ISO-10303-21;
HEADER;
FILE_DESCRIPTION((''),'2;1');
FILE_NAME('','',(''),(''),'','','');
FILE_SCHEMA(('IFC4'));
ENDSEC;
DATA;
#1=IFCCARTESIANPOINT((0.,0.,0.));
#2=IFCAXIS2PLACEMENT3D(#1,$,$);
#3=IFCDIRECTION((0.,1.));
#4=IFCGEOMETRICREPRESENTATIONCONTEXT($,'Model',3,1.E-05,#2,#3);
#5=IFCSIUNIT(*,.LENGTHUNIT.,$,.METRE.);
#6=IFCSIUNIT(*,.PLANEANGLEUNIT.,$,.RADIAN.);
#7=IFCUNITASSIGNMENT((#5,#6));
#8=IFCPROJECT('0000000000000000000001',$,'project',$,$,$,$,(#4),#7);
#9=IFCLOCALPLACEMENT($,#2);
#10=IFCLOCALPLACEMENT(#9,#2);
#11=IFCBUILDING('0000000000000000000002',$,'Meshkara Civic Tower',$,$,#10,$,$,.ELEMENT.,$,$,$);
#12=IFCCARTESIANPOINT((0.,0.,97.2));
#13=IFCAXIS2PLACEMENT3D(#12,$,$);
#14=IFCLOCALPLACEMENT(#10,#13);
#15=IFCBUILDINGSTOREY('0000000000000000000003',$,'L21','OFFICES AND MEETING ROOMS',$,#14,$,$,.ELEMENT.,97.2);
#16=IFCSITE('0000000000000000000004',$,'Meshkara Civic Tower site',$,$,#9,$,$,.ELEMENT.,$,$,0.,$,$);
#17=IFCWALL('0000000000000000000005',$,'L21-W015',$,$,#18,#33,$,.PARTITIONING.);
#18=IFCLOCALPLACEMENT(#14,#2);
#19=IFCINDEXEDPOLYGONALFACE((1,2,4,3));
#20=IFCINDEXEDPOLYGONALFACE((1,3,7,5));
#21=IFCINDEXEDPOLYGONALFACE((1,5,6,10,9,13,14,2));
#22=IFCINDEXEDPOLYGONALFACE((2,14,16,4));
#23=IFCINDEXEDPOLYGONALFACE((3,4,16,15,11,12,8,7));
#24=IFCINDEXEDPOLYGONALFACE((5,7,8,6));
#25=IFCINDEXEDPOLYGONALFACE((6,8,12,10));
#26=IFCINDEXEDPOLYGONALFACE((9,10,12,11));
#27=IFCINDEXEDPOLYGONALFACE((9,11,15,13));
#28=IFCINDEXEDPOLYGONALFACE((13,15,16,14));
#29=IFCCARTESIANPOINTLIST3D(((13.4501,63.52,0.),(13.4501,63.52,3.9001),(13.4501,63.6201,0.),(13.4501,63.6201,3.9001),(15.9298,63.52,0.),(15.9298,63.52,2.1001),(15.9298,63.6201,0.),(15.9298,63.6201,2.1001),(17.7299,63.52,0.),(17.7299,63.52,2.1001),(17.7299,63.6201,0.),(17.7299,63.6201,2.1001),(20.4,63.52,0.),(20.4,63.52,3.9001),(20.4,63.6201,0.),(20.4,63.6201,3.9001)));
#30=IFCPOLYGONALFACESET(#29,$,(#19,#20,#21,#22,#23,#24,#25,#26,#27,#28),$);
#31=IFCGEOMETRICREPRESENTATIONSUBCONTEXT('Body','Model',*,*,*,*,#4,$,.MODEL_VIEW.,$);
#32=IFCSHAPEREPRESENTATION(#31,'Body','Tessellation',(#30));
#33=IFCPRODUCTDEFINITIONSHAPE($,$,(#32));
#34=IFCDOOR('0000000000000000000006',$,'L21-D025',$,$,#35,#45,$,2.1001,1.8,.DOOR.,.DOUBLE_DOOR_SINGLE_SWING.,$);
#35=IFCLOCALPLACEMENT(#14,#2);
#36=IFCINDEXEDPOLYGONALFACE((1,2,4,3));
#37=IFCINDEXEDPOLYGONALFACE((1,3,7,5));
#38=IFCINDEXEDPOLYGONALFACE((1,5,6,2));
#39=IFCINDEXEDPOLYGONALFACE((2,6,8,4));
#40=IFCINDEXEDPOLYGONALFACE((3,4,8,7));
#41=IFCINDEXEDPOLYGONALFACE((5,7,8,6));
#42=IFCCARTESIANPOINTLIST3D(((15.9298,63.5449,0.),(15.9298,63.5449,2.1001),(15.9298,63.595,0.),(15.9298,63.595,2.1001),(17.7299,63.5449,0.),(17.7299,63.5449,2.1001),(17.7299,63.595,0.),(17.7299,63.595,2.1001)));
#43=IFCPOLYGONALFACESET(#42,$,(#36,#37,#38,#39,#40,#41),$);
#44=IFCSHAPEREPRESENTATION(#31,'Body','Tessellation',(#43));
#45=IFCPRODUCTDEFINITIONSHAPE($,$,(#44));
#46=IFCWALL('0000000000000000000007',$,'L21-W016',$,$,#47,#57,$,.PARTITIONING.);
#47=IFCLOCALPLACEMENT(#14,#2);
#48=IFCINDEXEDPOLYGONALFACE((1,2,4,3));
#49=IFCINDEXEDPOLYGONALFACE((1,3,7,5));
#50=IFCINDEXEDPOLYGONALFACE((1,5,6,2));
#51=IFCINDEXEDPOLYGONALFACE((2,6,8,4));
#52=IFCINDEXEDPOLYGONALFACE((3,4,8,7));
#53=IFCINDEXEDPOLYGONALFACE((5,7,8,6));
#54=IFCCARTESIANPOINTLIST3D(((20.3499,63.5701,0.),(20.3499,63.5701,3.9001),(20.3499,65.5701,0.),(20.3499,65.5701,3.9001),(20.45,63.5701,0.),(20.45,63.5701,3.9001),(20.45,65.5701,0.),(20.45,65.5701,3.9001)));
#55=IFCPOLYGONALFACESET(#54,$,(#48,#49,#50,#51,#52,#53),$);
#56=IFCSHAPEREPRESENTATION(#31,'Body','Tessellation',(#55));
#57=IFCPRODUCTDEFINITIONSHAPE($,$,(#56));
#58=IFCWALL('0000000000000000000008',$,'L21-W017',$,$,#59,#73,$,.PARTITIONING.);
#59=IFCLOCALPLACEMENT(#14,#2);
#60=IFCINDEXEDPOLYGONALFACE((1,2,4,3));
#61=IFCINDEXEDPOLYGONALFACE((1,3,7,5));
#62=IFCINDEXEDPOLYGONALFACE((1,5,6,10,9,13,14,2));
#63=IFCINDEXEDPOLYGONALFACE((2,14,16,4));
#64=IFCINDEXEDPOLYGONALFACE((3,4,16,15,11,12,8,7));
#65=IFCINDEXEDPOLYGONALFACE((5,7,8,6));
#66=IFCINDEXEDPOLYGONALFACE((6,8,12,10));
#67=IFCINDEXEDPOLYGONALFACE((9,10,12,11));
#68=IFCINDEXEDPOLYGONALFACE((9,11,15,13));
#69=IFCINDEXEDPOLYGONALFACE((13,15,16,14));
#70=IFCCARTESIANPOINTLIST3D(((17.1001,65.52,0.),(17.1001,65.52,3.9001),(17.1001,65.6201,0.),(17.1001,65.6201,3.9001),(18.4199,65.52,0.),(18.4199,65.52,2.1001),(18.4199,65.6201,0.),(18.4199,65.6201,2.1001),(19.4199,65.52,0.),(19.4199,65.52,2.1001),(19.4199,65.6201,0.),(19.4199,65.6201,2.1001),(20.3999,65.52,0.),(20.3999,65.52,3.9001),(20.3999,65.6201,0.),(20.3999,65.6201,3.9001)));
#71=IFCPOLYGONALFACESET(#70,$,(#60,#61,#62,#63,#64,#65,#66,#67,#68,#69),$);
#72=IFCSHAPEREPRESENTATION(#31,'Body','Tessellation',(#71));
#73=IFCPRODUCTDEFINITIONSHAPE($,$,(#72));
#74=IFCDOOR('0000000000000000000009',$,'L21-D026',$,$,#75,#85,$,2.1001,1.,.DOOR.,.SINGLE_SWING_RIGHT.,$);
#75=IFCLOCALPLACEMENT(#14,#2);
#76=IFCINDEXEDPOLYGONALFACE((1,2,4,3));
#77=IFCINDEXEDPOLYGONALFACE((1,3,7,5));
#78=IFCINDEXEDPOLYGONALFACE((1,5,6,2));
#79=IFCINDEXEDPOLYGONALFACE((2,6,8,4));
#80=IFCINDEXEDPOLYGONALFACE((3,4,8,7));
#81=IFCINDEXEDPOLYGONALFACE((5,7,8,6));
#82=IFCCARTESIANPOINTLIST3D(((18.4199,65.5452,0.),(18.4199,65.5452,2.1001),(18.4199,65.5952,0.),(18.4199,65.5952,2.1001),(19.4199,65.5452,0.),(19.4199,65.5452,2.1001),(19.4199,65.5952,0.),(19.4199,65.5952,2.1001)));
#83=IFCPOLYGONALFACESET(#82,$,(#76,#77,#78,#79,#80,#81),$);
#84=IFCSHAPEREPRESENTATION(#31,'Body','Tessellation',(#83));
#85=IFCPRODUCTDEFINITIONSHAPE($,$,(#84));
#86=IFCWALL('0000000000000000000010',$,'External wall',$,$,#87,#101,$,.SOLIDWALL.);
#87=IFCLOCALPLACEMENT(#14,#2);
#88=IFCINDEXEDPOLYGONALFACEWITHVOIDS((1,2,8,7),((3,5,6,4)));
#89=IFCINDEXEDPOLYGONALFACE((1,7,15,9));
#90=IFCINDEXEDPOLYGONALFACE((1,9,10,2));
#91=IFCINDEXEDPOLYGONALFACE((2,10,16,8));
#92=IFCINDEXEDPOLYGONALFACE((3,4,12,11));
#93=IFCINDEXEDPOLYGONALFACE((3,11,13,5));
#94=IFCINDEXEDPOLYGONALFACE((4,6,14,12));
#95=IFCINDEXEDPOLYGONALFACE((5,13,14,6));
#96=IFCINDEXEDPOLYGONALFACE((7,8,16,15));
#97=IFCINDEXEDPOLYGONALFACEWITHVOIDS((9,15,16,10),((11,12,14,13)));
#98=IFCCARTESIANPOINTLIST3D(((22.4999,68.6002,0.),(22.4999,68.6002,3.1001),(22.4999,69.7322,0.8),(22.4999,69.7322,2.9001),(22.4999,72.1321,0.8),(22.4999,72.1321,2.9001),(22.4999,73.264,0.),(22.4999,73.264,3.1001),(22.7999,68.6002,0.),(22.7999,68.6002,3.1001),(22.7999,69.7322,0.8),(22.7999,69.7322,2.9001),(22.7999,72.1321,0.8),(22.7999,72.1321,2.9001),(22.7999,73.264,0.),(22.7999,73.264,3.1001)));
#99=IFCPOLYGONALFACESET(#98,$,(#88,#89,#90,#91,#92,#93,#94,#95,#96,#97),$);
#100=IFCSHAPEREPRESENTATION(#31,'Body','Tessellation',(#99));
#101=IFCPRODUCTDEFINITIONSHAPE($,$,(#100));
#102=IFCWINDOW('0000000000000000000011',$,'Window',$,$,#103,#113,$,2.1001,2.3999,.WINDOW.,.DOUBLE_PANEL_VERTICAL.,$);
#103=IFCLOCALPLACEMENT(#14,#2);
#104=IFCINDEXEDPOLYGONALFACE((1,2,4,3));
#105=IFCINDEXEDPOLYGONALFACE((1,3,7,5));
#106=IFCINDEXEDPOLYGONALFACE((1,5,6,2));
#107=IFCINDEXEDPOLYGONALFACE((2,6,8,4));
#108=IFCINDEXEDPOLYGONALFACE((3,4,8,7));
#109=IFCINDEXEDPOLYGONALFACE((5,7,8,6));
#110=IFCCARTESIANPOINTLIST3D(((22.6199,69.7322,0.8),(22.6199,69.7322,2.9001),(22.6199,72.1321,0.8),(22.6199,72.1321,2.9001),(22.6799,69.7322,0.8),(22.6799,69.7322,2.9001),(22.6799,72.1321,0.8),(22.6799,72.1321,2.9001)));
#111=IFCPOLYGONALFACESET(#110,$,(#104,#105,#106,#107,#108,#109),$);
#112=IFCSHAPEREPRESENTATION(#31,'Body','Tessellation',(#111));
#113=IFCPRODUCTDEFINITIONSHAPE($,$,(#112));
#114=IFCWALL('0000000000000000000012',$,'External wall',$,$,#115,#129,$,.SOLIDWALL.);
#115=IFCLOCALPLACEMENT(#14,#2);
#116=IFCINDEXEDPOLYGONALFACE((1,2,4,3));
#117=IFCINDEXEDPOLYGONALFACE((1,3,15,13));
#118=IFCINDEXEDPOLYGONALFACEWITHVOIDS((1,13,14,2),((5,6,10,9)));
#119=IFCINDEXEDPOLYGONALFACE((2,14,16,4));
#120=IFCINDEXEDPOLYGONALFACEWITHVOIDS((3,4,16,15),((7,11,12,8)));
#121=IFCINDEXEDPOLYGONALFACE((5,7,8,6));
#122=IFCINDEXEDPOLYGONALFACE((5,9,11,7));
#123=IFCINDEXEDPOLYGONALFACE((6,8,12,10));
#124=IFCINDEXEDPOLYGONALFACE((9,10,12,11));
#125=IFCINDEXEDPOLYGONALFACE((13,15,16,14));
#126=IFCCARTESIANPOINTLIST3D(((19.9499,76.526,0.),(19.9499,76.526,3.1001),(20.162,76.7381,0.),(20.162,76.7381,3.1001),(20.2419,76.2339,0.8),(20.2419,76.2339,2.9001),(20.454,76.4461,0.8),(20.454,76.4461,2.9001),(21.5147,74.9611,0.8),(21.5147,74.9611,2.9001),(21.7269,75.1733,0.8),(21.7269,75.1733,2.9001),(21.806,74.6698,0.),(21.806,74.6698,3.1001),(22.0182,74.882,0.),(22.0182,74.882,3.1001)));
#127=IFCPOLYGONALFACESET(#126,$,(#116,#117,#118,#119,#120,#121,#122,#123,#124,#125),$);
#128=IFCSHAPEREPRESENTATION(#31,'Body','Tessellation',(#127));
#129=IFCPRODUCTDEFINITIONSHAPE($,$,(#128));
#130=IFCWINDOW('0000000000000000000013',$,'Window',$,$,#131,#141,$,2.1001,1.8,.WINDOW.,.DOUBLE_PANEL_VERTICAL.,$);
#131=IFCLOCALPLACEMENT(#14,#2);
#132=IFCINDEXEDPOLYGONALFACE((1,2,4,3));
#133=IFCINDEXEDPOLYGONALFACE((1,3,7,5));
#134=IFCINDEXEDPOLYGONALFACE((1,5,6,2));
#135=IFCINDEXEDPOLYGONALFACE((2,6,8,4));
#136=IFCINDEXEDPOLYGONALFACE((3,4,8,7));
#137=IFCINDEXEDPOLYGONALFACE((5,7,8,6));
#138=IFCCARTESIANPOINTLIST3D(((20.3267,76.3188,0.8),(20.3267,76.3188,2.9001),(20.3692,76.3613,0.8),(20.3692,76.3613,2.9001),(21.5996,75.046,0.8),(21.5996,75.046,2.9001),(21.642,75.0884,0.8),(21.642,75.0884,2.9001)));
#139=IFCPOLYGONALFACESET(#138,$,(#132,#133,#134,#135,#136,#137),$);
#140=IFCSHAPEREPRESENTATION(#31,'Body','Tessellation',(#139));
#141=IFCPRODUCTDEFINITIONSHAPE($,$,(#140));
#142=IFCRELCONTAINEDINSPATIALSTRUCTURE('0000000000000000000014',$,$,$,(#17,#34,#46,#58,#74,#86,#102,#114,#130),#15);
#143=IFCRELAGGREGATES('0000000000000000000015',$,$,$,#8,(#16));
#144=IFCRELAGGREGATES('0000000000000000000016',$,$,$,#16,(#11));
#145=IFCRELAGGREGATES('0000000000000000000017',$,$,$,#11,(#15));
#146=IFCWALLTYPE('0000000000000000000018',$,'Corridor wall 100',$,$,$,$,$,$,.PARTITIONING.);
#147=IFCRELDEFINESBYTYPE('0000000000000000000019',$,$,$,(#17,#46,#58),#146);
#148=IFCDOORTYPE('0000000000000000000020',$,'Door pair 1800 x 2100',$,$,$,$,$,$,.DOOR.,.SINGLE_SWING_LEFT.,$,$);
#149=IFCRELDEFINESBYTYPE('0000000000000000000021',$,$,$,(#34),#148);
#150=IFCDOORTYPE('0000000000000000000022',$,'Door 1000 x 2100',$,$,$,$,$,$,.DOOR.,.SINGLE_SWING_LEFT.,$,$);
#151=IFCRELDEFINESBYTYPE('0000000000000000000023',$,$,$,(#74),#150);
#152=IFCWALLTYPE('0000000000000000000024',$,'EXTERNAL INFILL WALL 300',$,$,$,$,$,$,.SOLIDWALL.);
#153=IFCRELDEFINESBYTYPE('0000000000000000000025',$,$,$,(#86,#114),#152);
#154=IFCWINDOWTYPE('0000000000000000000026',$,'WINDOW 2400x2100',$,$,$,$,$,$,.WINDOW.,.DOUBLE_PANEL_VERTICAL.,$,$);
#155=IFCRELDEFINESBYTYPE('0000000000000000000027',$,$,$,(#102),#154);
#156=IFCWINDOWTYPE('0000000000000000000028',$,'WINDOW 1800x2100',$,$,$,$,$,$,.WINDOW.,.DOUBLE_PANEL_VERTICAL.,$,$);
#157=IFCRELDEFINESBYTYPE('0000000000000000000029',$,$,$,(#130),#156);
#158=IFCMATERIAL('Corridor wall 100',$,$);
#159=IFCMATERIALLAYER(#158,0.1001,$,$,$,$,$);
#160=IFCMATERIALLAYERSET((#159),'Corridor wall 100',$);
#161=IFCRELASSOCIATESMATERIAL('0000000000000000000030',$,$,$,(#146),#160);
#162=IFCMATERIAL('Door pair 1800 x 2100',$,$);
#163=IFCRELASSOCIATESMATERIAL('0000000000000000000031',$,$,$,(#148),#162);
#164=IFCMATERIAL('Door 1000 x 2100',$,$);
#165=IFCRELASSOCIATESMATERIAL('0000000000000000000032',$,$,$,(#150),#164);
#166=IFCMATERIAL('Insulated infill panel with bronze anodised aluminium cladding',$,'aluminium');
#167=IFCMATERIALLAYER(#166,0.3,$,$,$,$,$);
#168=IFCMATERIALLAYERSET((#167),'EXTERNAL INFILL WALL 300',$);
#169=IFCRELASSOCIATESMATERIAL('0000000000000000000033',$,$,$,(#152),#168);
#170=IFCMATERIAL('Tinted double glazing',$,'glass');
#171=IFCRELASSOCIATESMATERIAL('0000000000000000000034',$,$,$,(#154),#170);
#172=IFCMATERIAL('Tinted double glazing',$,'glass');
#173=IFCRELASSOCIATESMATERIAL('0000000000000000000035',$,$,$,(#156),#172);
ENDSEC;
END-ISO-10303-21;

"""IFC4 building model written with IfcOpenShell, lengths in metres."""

from ifc_helpers import new_model, si_unit, direction, frame, frame_2d, origin, place, context, subcontext, project, spatial, rectangle, extrude, material, layer, layer_set, type_object, element, fill, save


model = new_model("IFC4")

# Units and contexts
model_context = context("Model", 3, precision=1e-05, world=origin(), true_north=direction((0.0, 1.0)))
body_context = subcontext(model_context, "Body", "Model", "MODEL_VIEW")
ifc_project = project(units=[si_unit("LENGTHUNIT", "METRE"), si_unit("PLANEANGLEUNIT", "RADIAN")], contexts=[model_context])

# Site, building, storey
site_placement = place(None, origin())
site = spatial("IfcSite", under=ifc_project, at=site_placement, Name="Meshkara Civic Tower site", CompositionType="ELEMENT", RefElevation=0.0)
building_placement = place(site_placement, origin())
building = spatial("IfcBuilding", under=site, at=building_placement, Name="Meshkara Civic Tower", CompositionType="ELEMENT")
storey_placement = place(building_placement, frame((0.0, 0.0, 97.2)))
storey = spatial("IfcBuildingStorey", under=building, at=storey_placement, Name="L21", Description="OFFICES AND MEETING ROOMS", CompositionType="ELEMENT", Elevation=97.2)

# Shared definitions
ifc_material_1 = material(Name="Corridor wall 100")
ifc_layer_1 = layer(ifc_material_1, 0.1001)
ifc_layer_set_1 = layer_set([ifc_layer_1], Name="Corridor wall 100")
wall_type_1 = type_object("IfcWallType", Name="Corridor wall 100", PredefinedType="PARTITIONING", material=ifc_layer_set_1)
ifc_material_2 = material(Name="Door pair 1800 x 2100")
door_type_1 = type_object("IfcDoorType", Name="Door pair 1800 x 2100", OperationType="SINGLE_SWING_LEFT", PredefinedType="DOOR", material=ifc_material_2)

# Wall, opening, door
wall_1_placement = place(storey_placement, frame((13.45, 63.5701, 0.0), z_axis=(0.0, 0.0, 1.0), x_axis=(1.0, 0.0, 0.0)))
wall_1 = element("IfcWall", 1, at=wall_1_placement, inside=storey, type_object=wall_type_1, Name="L21-W015", PredefinedType="PARTITIONING", context=body_context, shape_type="SweptSolid", body=[
    extrude(rectangle(XDim=6.95, YDim=0.1001, at=frame_2d((3.4751, 0.0))), origin(), (0.0, 0.0, 1.0), 3.9001),
])
opening_1_placement = place(wall_1_placement, frame((2.48, 0.0, 0.0)))
opening_1 = element("IfcOpeningElement", 2, at=opening_1_placement, cuts=wall_1, PredefinedType="OPENING", context=body_context, shape_type="SweptSolid", body=[
    extrude(rectangle(XDim=1.8, YDim=2.1001, at=frame_2d((0.8999, 1.05))), frame((0.0, 0.0601, 0.0), z_axis=(0.0, -1.0, 0.0), x_axis=(1.0, 0.0, 0.0)), (0.0, 0.0, 1.0), 0.1201),
])
door_1_placement = place(opening_1_placement, origin())
door_1 = element("IfcDoor", 3, at=door_1_placement, inside=storey, type_object=door_type_1, Name="L21-D025", OperationType="DOUBLE_DOOR_SINGLE_SWING", OverallHeight=2.1001, OverallWidth=1.8, PredefinedType="DOOR", context=body_context, shape_type="SweptSolid", body=[
    extrude(rectangle(XDim=1.8, YDim=2.1001, at=frame_2d((0.8999, 1.05))), frame((0.0, 0.0249, 0.0), z_axis=(0.0, -1.0, 0.0), x_axis=(1.0, 0.0, 0.0)), (0.0, 0.0, 1.0), 0.05),
])
fill(opening_1, door_1)

# Wall
wall_2_placement = place(storey_placement, frame((20.3999, 63.5701, 0.0), z_axis=(0.0, 0.0, 1.0), x_axis=(0.0, 1.0, 0.0)))
element("IfcWall", 4, at=wall_2_placement, inside=storey, type_object=wall_type_1, Name="L21-W016", PredefinedType="PARTITIONING", context=body_context, shape_type="SweptSolid", body=[
    extrude(rectangle(XDim=2.0, YDim=0.1001, at=frame_2d((1.0, 0.0))), origin(), (0.0, 0.0, 1.0), 3.9001),
])

# Wall, opening, door
wall_3_placement = place(storey_placement, frame((20.3999, 65.5701, 0.0), z_axis=(0.0, 0.0, 1.0), x_axis=(-1.0, 0.0, 0.0)))
wall_3 = element("IfcWall", 5, at=wall_3_placement, inside=storey, type_object=wall_type_1, Name="L21-W017", PredefinedType="PARTITIONING", context=body_context, shape_type="SweptSolid", body=[
    extrude(rectangle(XDim=3.2998, YDim=0.1001, at=frame_2d((1.6499, 0.0))), origin(), (0.0, 0.0, 1.0), 3.9001),
])
opening_2_placement = place(wall_3_placement, frame((0.98, 0.0, 0.0)))
opening_2 = element("IfcOpeningElement", 6, at=opening_2_placement, cuts=wall_3, PredefinedType="OPENING", context=body_context, shape_type="SweptSolid", body=[
    extrude(rectangle(XDim=1.0, YDim=2.1001, at=frame_2d((0.5, 1.05))), frame((0.0, 0.0601, 0.0), z_axis=(0.0, -1.0, 0.0), x_axis=(1.0, 0.0, 0.0)), (0.0, 0.0, 1.0), 0.1201),
])
ifc_material_3 = material(Name="Door 1000 x 2100")
door_type_2 = type_object("IfcDoorType", Name="Door 1000 x 2100", OperationType="SINGLE_SWING_LEFT", PredefinedType="DOOR", material=ifc_material_3)
door_2_placement = place(opening_2_placement, origin())
door_2 = element("IfcDoor", 7, at=door_2_placement, inside=storey, type_object=door_type_2, Name="L21-D026", OperationType="SINGLE_SWING_RIGHT", OverallHeight=2.1001, OverallWidth=1.0, PredefinedType="DOOR", context=body_context, shape_type="SweptSolid", body=[
    extrude(rectangle(XDim=1.0, YDim=2.1001, at=frame_2d((0.5, 1.05))), frame((0.0, 0.0249, 0.0), z_axis=(0.0, -1.0, 0.0), x_axis=(1.0, 0.0, 0.0)), (0.0, 0.0, 1.0), 0.05),
])
fill(opening_2, door_2)

# Walls, openings, windows
ifc_material_4 = material(Name="Insulated infill panel with bronze anodised aluminium cladding", Category="aluminium")
ifc_layer_2 = layer(ifc_material_4, 0.3)
ifc_layer_set_2 = layer_set([ifc_layer_2], Name="EXTERNAL INFILL WALL 300")
wall_type_2 = type_object("IfcWallType", Name="EXTERNAL INFILL WALL 300", PredefinedType="SOLIDWALL", material=ifc_layer_set_2)
wall_4_placement = place(storey_placement, frame((22.6499, 68.6001, 0.0), z_axis=(0.0, 0.0, 1.0), x_axis=(0.0, 1.0, 0.0)))
wall_4 = element("IfcWall", 8, at=wall_4_placement, inside=storey, type_object=wall_type_2, Name="External wall", PredefinedType="SOLIDWALL", context=body_context, shape_type="SweptSolid", body=[
    extrude(rectangle(XDim=4.6638, YDim=0.3, at=frame_2d((2.332, 0.0))), origin(), (0.0, 0.0, 1.0), 3.1001),
])
opening_3_placement = place(wall_4_placement, frame((1.1321, 0.0, 0.8)))
opening_3 = element("IfcOpeningElement", 9, at=opening_3_placement, cuts=wall_4, PredefinedType="OPENING", context=body_context, shape_type="SweptSolid", body=[
    extrude(rectangle(XDim=2.3999, YDim=2.1001, at=frame_2d((1.2, 1.05))), frame((0.0, 0.1599, 0.0), z_axis=(0.0, -1.0, 0.0), x_axis=(1.0, 0.0, 0.0)), (0.0, 0.0, 1.0), 0.3201),
])
ifc_material_5 = material(Name="Tinted double glazing", Category="glass")
window_type_1 = type_object("IfcWindowType", Name="WINDOW 2400x2100", PartitioningType="DOUBLE_PANEL_VERTICAL", PredefinedType="WINDOW", material=ifc_material_5)
window_1_placement = place(opening_3_placement, origin())
window_1 = element("IfcWindow", 10, at=window_1_placement, inside=storey, type_object=window_type_1, Name="Window", OverallHeight=2.1001, OverallWidth=2.3999, PartitioningType="DOUBLE_PANEL_VERTICAL", PredefinedType="WINDOW", context=body_context, shape_type="SweptSolid", body=[
    extrude(rectangle(XDim=2.3999, YDim=2.1001, at=frame_2d((1.2, 1.05))), frame((0.0, 0.03, 0.0), z_axis=(0.0, -1.0, 0.0), x_axis=(1.0, 0.0, 0.0)), (0.0, 0.0, 1.0), 0.0601),
])
fill(opening_3, window_1)
wall_5_placement = place(storey_placement, frame((21.9121, 74.7759, 0.0), z_axis=(0.0, 0.0, 1.0), x_axis=(-0.707107, 0.707107, 0.0)))
wall_5 = element("IfcWall", 11, at=wall_5_placement, inside=storey, type_object=wall_type_2, Name="External wall", PredefinedType="SOLIDWALL", context=body_context, shape_type="SweptSolid", body=[
    extrude(rectangle(XDim=2.625, YDim=0.3, at=frame_2d((1.3125, 0.0))), origin(), (0.0, 0.0, 1.0), 3.1001),
])
opening_4_placement = place(wall_5_placement, frame((0.4121, 0.0, 0.8)))
opening_4 = element("IfcOpeningElement", 12, at=opening_4_placement, cuts=wall_5, PredefinedType="OPENING", context=body_context, shape_type="SweptSolid", body=[
    extrude(rectangle(XDim=1.8, YDim=2.1001, at=frame_2d((0.8999, 1.05))), frame((0.0, 0.1599, 0.0), z_axis=(0.0, -1.0, 0.0), x_axis=(1.0, 0.0, 0.0)), (0.0, 0.0, 1.0), 0.3201),
])
ifc_material_6 = material(Name="Tinted double glazing", Category="glass")
window_type_2 = type_object("IfcWindowType", Name="WINDOW 1800x2100", PartitioningType="DOUBLE_PANEL_VERTICAL", PredefinedType="WINDOW", material=ifc_material_6)
window_2_placement = place(opening_4_placement, origin())
window_2 = element("IfcWindow", 13, at=window_2_placement, inside=storey, type_object=window_type_2, Name="Window", OverallHeight=2.1001, OverallWidth=1.8, PartitioningType="DOUBLE_PANEL_VERTICAL", PredefinedType="WINDOW", context=body_context, shape_type="SweptSolid", body=[
    extrude(rectangle(XDim=1.8, YDim=2.1001, at=frame_2d((0.8999, 1.05))), frame((0.0, 0.03, 0.0), z_axis=(0.0, -1.0, 0.0), x_axis=(1.0, 0.0, 0.0)), (0.0, 0.0, 1.0), 0.0601),
])
fill(opening_4, window_2)

save(model, "model.ifc")
